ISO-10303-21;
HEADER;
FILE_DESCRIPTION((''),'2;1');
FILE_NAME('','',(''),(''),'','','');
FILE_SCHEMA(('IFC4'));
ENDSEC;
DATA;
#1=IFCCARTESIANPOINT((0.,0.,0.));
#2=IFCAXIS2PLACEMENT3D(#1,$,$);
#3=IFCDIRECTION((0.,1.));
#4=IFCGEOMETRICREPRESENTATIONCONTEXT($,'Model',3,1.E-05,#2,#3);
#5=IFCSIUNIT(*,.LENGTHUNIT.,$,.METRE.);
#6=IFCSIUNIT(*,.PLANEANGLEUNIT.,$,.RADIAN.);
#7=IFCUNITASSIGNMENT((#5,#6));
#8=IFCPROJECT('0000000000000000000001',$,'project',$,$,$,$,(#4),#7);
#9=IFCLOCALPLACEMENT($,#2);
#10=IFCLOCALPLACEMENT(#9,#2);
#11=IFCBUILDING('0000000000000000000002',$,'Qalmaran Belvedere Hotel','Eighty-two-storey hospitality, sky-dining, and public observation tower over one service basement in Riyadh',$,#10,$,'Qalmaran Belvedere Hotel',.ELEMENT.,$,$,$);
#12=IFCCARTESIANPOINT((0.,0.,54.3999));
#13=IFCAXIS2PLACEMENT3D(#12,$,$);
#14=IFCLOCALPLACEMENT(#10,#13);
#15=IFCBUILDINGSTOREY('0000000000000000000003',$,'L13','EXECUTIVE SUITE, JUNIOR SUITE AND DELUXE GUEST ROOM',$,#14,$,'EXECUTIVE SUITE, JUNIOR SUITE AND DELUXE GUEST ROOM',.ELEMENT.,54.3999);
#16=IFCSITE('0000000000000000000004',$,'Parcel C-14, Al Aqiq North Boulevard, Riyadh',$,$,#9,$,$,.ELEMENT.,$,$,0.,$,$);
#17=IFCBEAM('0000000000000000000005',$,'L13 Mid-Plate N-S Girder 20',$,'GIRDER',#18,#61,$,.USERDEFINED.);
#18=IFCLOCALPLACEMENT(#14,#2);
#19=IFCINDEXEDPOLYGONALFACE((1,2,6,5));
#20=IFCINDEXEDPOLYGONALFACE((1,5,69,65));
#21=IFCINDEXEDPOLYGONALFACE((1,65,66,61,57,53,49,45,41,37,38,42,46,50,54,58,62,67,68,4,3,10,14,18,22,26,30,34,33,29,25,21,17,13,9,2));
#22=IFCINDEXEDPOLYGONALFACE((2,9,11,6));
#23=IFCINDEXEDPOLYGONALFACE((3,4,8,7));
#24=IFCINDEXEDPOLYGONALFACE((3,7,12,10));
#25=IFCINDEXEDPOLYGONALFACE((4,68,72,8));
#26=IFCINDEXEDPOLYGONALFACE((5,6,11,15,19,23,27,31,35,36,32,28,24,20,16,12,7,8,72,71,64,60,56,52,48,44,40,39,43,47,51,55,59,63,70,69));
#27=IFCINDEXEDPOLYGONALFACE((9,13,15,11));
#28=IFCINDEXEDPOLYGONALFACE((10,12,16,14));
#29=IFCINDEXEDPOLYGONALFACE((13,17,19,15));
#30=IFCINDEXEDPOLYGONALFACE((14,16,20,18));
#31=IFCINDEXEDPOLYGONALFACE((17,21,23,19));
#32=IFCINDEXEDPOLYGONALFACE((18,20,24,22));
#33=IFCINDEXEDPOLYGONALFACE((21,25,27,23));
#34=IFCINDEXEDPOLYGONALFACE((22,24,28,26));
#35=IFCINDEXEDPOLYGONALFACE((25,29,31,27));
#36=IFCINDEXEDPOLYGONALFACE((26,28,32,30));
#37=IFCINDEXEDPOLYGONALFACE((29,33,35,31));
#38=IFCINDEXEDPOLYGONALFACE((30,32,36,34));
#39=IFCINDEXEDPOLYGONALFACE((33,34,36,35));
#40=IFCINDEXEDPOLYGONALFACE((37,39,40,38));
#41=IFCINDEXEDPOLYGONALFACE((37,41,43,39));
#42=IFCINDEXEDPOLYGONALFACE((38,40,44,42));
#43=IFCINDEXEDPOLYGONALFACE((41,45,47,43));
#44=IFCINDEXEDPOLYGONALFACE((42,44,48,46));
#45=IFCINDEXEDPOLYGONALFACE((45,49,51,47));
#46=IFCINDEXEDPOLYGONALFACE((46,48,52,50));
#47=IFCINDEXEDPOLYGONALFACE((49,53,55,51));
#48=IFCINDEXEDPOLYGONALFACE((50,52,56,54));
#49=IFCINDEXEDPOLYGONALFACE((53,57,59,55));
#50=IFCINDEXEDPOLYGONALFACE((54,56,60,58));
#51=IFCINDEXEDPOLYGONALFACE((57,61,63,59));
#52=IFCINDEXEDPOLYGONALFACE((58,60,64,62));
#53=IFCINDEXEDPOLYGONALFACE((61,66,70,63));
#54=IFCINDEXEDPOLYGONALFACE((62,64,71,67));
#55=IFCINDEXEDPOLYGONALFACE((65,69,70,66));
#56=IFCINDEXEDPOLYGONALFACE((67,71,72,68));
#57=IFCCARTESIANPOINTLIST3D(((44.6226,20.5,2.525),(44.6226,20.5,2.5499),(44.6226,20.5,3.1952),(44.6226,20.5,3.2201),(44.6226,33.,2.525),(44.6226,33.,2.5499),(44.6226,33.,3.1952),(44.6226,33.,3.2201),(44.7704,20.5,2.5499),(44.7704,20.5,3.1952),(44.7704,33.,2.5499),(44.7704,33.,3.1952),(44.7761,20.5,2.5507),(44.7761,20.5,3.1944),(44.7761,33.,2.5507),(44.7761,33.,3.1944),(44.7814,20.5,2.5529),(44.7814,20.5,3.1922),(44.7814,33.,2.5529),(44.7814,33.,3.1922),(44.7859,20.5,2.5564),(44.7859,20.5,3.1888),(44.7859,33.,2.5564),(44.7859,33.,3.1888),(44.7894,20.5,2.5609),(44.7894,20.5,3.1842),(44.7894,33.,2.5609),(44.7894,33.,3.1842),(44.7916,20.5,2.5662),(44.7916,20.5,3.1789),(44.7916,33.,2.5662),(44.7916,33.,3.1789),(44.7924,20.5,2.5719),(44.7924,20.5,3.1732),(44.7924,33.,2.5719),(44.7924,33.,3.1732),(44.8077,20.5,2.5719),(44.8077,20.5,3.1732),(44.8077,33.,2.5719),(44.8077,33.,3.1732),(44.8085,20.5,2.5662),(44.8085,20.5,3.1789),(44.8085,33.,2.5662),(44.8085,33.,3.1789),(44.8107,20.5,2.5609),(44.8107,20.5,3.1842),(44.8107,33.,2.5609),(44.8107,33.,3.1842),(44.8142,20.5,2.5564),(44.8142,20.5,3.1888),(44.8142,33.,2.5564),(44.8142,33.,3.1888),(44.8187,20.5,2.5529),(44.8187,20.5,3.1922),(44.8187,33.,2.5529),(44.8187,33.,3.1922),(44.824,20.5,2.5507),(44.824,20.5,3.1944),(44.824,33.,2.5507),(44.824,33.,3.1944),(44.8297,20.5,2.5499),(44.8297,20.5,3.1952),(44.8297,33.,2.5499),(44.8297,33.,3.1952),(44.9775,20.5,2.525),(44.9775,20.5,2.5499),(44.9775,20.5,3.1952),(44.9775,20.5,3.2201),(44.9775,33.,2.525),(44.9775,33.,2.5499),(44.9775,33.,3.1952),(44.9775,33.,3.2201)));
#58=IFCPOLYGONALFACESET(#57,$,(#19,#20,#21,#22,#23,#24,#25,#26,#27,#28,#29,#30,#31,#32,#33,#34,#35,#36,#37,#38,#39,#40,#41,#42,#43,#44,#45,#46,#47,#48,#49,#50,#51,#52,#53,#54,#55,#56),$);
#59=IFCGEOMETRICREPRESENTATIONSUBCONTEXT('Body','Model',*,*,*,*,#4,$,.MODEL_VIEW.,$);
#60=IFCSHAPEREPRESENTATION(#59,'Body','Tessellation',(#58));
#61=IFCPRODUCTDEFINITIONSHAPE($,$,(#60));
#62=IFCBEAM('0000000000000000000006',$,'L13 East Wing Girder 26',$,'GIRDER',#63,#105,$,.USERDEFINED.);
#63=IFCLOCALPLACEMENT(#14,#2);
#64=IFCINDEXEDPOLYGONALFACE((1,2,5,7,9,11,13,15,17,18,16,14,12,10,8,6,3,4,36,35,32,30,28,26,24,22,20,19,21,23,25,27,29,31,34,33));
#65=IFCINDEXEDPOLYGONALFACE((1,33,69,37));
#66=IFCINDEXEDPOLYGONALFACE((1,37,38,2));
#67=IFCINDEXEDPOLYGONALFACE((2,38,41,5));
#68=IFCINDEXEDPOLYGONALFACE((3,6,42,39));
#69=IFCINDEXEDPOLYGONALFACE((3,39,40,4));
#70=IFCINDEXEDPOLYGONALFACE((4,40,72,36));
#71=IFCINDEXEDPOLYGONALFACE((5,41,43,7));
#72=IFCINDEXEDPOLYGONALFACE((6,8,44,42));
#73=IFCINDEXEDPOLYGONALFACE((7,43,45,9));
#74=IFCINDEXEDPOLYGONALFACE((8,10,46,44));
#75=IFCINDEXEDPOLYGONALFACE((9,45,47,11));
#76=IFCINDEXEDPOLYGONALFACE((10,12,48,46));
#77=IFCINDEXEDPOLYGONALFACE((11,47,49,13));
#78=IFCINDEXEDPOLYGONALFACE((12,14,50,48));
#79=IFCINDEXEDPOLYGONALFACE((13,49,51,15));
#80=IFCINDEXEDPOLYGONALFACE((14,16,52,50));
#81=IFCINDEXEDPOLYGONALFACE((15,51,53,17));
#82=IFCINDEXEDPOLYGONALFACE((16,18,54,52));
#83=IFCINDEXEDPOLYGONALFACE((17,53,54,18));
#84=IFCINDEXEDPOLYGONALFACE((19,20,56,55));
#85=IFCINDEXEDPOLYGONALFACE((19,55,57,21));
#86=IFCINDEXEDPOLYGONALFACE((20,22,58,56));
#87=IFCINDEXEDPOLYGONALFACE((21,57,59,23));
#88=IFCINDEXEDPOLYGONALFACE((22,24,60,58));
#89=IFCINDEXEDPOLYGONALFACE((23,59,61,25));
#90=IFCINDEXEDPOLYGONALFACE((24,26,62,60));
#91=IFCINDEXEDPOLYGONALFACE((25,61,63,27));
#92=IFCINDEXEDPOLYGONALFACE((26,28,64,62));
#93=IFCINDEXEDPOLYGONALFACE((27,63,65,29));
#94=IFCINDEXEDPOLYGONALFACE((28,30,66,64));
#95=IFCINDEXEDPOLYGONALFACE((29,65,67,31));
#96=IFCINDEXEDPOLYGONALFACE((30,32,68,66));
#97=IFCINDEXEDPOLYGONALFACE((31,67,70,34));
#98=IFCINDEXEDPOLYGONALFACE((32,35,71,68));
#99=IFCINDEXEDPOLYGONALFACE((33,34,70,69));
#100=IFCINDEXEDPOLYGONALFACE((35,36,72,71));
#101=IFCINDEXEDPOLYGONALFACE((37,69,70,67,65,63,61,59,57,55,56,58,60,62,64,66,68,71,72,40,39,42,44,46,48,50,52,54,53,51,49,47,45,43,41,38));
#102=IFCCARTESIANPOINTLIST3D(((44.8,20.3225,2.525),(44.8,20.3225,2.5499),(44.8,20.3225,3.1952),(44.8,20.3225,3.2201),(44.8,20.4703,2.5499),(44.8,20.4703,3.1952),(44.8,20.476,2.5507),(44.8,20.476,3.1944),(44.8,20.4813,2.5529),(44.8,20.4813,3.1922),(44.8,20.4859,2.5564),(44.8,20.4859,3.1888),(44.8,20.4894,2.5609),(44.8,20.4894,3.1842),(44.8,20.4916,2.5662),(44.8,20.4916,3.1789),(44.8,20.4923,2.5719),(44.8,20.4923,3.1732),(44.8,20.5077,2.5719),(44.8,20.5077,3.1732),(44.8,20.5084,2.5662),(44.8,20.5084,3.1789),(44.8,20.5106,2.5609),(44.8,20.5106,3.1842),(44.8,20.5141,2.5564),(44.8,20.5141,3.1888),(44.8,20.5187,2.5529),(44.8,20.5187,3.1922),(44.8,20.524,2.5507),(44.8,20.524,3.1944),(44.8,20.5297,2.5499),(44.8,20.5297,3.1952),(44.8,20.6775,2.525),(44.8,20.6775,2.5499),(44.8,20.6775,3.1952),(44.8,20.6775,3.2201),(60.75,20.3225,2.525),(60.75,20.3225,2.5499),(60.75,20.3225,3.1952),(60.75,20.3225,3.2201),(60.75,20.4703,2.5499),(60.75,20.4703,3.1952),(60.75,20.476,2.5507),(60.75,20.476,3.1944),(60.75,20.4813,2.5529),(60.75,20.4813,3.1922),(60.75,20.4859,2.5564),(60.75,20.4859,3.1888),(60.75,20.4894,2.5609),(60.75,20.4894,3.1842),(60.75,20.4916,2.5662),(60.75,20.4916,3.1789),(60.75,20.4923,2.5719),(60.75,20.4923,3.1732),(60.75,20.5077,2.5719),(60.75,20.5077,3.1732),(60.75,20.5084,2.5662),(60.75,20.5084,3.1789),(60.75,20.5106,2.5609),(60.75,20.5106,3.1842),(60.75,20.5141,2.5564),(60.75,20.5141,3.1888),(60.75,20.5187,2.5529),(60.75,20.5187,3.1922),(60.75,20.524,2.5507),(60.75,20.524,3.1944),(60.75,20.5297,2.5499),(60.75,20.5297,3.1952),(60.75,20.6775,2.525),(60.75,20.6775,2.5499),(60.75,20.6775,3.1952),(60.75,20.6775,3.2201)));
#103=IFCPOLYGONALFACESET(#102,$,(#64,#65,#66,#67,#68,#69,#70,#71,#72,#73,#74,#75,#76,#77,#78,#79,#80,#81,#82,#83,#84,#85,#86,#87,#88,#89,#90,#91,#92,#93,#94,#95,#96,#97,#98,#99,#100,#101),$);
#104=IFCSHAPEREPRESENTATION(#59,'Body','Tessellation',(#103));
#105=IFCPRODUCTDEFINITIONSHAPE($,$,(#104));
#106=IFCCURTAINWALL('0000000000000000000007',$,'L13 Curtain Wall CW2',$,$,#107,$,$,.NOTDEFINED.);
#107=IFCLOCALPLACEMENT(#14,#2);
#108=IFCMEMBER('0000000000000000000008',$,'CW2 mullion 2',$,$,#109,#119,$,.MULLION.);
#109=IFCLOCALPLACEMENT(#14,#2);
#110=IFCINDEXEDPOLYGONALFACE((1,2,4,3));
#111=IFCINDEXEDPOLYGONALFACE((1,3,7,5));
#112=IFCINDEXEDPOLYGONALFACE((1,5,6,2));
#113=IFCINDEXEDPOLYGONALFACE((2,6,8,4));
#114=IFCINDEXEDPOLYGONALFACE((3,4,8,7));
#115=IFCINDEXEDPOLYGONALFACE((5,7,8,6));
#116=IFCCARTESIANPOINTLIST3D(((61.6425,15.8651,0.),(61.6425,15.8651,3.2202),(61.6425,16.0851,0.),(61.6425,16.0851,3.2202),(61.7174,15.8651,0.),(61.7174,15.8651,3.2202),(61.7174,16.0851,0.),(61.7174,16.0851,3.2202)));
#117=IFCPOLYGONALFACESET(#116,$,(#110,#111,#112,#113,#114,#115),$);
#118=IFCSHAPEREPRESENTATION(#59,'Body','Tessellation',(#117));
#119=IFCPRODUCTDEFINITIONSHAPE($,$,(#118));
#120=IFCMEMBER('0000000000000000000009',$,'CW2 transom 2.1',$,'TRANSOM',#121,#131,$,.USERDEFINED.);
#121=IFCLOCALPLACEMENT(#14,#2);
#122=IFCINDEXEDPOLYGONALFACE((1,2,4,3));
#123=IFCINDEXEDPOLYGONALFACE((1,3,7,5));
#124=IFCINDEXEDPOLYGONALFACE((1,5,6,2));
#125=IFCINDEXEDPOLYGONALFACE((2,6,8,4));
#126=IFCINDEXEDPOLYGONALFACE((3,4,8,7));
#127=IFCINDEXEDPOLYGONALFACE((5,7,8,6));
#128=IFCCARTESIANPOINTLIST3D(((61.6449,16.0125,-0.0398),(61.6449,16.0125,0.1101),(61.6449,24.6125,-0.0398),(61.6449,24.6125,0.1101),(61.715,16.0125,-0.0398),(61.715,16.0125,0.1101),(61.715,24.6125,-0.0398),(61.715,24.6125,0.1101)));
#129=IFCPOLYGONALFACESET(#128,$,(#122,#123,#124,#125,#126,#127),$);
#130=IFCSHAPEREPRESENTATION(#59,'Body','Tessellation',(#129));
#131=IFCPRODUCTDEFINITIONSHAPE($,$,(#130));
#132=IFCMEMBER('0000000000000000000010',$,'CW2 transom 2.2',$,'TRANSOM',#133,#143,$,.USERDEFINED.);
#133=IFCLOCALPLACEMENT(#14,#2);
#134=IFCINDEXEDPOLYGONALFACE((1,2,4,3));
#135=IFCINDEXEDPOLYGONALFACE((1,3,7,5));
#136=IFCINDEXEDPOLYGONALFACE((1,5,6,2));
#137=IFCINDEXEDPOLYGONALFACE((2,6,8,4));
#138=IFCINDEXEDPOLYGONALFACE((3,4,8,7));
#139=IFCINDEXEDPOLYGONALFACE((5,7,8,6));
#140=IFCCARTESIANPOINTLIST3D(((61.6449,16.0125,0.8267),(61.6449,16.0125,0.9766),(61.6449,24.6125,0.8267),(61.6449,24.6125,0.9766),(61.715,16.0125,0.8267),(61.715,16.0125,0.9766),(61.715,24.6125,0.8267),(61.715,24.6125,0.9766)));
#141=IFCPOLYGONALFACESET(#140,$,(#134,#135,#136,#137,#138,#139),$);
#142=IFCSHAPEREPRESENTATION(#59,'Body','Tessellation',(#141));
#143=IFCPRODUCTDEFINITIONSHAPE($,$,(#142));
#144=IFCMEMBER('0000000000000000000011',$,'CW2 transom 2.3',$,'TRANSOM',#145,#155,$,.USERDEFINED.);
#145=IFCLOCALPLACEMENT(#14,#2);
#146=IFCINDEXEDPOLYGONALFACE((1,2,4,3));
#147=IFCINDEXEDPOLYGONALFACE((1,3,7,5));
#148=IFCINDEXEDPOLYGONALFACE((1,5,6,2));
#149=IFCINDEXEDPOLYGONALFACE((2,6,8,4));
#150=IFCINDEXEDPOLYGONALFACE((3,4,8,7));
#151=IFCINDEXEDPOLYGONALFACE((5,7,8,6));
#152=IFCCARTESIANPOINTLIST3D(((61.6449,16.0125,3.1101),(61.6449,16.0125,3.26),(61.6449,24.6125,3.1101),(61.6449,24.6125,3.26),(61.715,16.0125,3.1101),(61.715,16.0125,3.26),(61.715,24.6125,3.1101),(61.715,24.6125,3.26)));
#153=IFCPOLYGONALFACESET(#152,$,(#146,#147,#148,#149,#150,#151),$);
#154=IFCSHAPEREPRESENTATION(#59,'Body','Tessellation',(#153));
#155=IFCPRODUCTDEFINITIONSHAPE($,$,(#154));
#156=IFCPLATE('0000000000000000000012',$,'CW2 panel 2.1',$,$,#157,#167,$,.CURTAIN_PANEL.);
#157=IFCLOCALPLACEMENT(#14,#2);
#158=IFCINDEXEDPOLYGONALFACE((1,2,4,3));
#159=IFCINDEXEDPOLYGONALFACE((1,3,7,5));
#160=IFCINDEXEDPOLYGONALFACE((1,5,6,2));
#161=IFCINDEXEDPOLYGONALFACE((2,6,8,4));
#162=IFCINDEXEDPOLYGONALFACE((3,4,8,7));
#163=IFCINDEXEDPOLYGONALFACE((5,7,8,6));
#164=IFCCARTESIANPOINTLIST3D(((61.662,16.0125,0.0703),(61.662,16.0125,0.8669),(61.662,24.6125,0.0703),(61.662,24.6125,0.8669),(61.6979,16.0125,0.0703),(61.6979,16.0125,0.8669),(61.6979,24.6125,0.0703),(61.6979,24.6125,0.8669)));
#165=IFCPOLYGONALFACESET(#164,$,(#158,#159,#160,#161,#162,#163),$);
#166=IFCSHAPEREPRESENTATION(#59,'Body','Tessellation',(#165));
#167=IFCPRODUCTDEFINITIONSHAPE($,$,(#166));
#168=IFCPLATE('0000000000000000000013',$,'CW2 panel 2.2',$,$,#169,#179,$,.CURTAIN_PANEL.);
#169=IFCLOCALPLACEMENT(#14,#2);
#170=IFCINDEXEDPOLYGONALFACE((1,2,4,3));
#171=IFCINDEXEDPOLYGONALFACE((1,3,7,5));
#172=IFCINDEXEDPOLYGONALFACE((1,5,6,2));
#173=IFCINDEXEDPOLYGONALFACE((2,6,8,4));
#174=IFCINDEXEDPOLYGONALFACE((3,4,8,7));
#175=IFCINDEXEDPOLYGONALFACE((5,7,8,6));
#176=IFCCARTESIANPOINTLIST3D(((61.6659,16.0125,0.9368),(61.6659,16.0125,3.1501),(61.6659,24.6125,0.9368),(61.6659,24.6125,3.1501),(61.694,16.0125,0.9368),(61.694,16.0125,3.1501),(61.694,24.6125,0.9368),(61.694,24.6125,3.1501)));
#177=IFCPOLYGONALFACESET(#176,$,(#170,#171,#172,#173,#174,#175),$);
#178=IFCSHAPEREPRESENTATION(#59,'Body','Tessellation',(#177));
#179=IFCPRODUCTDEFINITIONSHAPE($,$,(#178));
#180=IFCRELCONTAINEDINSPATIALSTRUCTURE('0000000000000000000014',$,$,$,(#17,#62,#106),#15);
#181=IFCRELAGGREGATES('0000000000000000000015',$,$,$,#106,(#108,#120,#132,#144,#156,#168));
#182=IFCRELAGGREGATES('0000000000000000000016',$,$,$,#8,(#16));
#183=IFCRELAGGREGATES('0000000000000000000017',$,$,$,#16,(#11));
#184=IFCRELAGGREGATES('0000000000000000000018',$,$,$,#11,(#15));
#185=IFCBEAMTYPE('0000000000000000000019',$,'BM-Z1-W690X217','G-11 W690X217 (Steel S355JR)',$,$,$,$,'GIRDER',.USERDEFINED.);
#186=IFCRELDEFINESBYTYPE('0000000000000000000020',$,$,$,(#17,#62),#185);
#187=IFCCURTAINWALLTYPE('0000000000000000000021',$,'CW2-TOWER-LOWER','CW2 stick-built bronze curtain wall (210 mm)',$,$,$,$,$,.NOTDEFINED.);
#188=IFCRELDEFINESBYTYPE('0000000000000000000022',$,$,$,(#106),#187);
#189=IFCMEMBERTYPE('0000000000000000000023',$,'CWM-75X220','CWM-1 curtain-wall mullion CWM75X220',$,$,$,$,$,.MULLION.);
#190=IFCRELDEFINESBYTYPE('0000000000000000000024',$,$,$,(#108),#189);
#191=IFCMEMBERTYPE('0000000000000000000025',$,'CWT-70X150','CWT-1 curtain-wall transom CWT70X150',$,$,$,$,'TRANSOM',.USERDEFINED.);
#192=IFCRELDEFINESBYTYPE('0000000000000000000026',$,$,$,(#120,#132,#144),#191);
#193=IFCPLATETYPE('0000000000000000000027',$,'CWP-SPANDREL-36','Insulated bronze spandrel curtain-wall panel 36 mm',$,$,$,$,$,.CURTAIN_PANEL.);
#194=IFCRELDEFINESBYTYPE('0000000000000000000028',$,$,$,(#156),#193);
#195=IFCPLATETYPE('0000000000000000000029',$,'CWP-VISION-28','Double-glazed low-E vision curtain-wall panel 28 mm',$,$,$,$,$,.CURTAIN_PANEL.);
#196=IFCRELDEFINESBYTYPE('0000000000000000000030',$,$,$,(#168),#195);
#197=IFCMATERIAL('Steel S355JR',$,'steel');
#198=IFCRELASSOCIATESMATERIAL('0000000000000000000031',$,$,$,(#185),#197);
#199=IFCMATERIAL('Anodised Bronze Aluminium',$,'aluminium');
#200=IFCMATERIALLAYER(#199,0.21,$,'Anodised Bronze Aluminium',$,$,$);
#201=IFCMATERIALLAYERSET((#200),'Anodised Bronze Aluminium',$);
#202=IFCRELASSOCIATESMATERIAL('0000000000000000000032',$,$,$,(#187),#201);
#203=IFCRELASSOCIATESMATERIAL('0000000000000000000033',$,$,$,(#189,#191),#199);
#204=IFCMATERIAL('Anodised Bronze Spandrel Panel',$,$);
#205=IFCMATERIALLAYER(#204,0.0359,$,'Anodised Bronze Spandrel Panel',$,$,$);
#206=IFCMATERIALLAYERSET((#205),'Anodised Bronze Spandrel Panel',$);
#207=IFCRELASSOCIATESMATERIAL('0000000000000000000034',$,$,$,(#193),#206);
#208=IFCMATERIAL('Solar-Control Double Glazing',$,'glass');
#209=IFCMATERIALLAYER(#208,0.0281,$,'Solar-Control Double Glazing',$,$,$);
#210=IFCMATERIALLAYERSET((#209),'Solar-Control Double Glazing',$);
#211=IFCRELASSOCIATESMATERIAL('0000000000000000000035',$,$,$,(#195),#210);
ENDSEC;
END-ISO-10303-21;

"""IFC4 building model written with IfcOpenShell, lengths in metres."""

from ifc_helpers import new_model, si_unit, direction, frame, origin, origin_2d, place, context, subcontext, project, spatial, rectangle, i_section, extrude, material, layer, layer_set, material_profile, profile_set, type_object, element, aggregate, save


model = new_model("IFC4")

# Units and contexts
model_context = context("Model", 3, precision=1e-05, world=origin(), true_north=direction((0.0, 1.0)))
body_context = subcontext(model_context, "Body", "Model", "MODEL_VIEW")
ifc_project = project(units=[si_unit("LENGTHUNIT", "METRE"), si_unit("PLANEANGLEUNIT", "RADIAN")], contexts=[model_context])

# Site, building, storey
site_placement = place(None, origin())
site = spatial("IfcSite", under=ifc_project, at=site_placement, Name="Parcel C-14, Al Aqiq North Boulevard, Riyadh", CompositionType="ELEMENT", RefElevation=0.0)
building_placement = place(site_placement, origin())
building = spatial("IfcBuilding", under=site, at=building_placement, Name="Qalmaran Belvedere Hotel", Description="Eighty-two-storey hospitality, sky-dining, and public observation tower over one service basement in Riyadh", LongName="Qalmaran Belvedere Hotel", CompositionType="ELEMENT")
storey_placement = place(building_placement, frame((0.0, 0.0, 54.3999)))
storey = spatial("IfcBuildingStorey", under=building, at=storey_placement, Name="L13", Description="EXECUTIVE SUITE, JUNIOR SUITE AND DELUXE GUEST ROOM", LongName="EXECUTIVE SUITE, JUNIOR SUITE AND DELUXE GUEST ROOM", CompositionType="ELEMENT", Elevation=54.3999)

# Beams
ifc_material_1 = material(Name="Steel S355JR", Category="steel")
ifc_material_profile_1 = material_profile(ifc_material_1, i_section(OverallWidth=0.355, OverallDepth=0.6951, WebThickness=0.0154, FlangeThickness=0.0249, FilletRadius=0.022, at=origin_2d()), Name="W690X217")
ifc_profile_set_1 = profile_set([ifc_material_profile_1], Name="Steel S355JR")
beam_type_1 = type_object("IfcBeamType", Name="BM-Z1-W690X217", Description="G-11 W690X217 (Steel S355JR)", ElementType="GIRDER", PredefinedType="USERDEFINED", material=ifc_profile_set_1)
beam_1_placement = place(storey_placement, frame((44.8, 20.5, 2.8726), z_axis=(0.0, 1.0, 0.0), x_axis=(-1.0, 0.0, 0.0)))
element("IfcBeam", 1, at=beam_1_placement, inside=storey, type_object=beam_type_1, Name="L13 Mid-Plate N-S Girder 20", ObjectType="GIRDER", PredefinedType="USERDEFINED", context=body_context, shape_type="SweptSolid", body=[
    extrude(i_section(OverallWidth=0.355, OverallDepth=0.6951, WebThickness=0.0154, FlangeThickness=0.0249, FilletRadius=0.022, at=origin_2d()), origin(), (0.0, 0.0, 1.0), 12.5),
])
beam_2_placement = place(storey_placement, frame((44.8, 20.5, 2.8726), z_axis=(1.0, 0.0, 0.0), x_axis=(0.0, 1.0, 0.0)))
element("IfcBeam", 2, at=beam_2_placement, inside=storey, type_object=beam_type_1, Name="L13 East Wing Girder 26", ObjectType="GIRDER", PredefinedType="USERDEFINED", context=body_context, shape_type="SweptSolid", body=[
    extrude(i_section(OverallWidth=0.355, OverallDepth=0.6951, WebThickness=0.0154, FlangeThickness=0.0249, FilletRadius=0.022, at=origin_2d()), origin(), (0.0, 0.0, 1.0), 15.95),
])

# Curtain wall, members, plates
ifc_material_2 = material(Name="Anodised Bronze Aluminium", Category="aluminium")
ifc_layer_1 = layer(ifc_material_2, 0.21, Name="Anodised Bronze Aluminium")
ifc_layer_set_1 = layer_set([ifc_layer_1], Name="Anodised Bronze Aluminium")
curtain_wall_type = type_object("IfcCurtainWallType", Name="CW2-TOWER-LOWER", Description="CW2 stick-built bronze curtain wall (210 mm)", PredefinedType="NOTDEFINED", material=ifc_layer_set_1)
curtain_wall_placement = place(storey_placement, origin())
curtain_wall = element("IfcCurtainWall", 3, at=curtain_wall_placement, inside=storey, type_object=curtain_wall_type, Name="L13 Curtain Wall CW2", PredefinedType="NOTDEFINED")
ifc_material_profile_2 = material_profile(ifc_material_2, rectangle(XDim=0.075, YDim=0.22, at=origin_2d()), Name="CWM75X220")
ifc_profile_set_2 = profile_set([ifc_material_profile_2], Name="Anodised Bronze Aluminium")
member_type_1 = type_object("IfcMemberType", Name="CWM-75X220", Description="CWM-1 curtain-wall mullion CWM75X220", PredefinedType="MULLION", material=ifc_profile_set_2)
member_1_placement = place(storey_placement, frame((61.6799, 15.9751, 0.0), z_axis=(0.0, 0.0, 1.0), x_axis=(-1.0, 0.0, 0.0)))
member_1 = element("IfcMember", 4, at=member_1_placement, type_object=member_type_1, Name="CW2 mullion 2", PredefinedType="MULLION", context=body_context, shape_type="SweptSolid", body=[
    extrude(rectangle(XDim=0.075, YDim=0.22, at=origin_2d()), origin(), (0.0, 0.0, 1.0), 3.2202),
])
ifc_material_profile_3 = material_profile(ifc_material_2, rectangle(XDim=0.0701, YDim=0.1499, at=origin_2d()), Name="CWT70X150")
ifc_profile_set_3 = profile_set([ifc_material_profile_3], Name="Anodised Bronze Aluminium")
member_type_2 = type_object("IfcMemberType", Name="CWT-70X150", Description="CWT-1 curtain-wall transom CWT70X150", ElementType="TRANSOM", PredefinedType="USERDEFINED", material=ifc_profile_set_3)
member_2_placement = place(storey_placement, frame((61.6799, 16.0125, 0.0352), z_axis=(0.0, 1.0, 0.0), x_axis=(-1.0, 0.0, 0.0)))
member_2 = element("IfcMember", 5, at=member_2_placement, type_object=member_type_2, Name="CW2 transom 2.1", ObjectType="TRANSOM", PredefinedType="USERDEFINED", context=body_context, shape_type="SweptSolid", body=[
    extrude(rectangle(XDim=0.0701, YDim=0.1499, at=origin_2d()), origin(), (0.0, 0.0, 1.0), 8.6001),
])
member_3_placement = place(storey_placement, frame((61.6799, 16.0125, 0.9016), z_axis=(0.0, 1.0, 0.0), x_axis=(-1.0, 0.0, 0.0)))
member_3 = element("IfcMember", 6, at=member_3_placement, type_object=member_type_2, Name="CW2 transom 2.2", ObjectType="TRANSOM", PredefinedType="USERDEFINED", context=body_context, shape_type="SweptSolid", body=[
    extrude(rectangle(XDim=0.0701, YDim=0.1499, at=origin_2d()), origin(), (0.0, 0.0, 1.0), 8.6001),
])
member_4_placement = place(storey_placement, frame((61.6799, 16.0125, 3.1851), z_axis=(0.0, 1.0, 0.0), x_axis=(-1.0, 0.0, 0.0)))
member_4 = element("IfcMember", 7, at=member_4_placement, type_object=member_type_2, Name="CW2 transom 2.3", ObjectType="TRANSOM", PredefinedType="USERDEFINED", context=body_context, shape_type="SweptSolid", body=[
    extrude(rectangle(XDim=0.0701, YDim=0.1499, at=origin_2d()), origin(), (0.0, 0.0, 1.0), 8.6001),
])
ifc_material_3 = material(Name="Anodised Bronze Spandrel Panel")
ifc_layer_2 = layer(ifc_material_3, 0.0359, Name="Anodised Bronze Spandrel Panel")
ifc_layer_set_2 = layer_set([ifc_layer_2], Name="Anodised Bronze Spandrel Panel")
plate_type_1 = type_object("IfcPlateType", Name="CWP-SPANDREL-36", Description="Insulated bronze spandrel curtain-wall panel 36 mm", PredefinedType="CURTAIN_PANEL", material=ifc_layer_set_2)
plate_1_placement = place(storey_placement, frame((61.6799, 20.3125, 0.0703), z_axis=(0.0, 0.0, 1.0), x_axis=(0.0, 1.0, 0.0)))
plate_1 = element("IfcPlate", 8, at=plate_1_placement, type_object=plate_type_1, Name="CW2 panel 2.1", PredefinedType="CURTAIN_PANEL", context=body_context, shape_type="SweptSolid", body=[
    extrude(rectangle(XDim=8.6001, YDim=0.0359, at=origin_2d()), origin(), (0.0, 0.0, 1.0), 0.7966),
])
ifc_material_4 = material(Name="Solar-Control Double Glazing", Category="glass")
ifc_layer_3 = layer(ifc_material_4, 0.0281, Name="Solar-Control Double Glazing")
ifc_layer_set_3 = layer_set([ifc_layer_3], Name="Solar-Control Double Glazing")
plate_type_2 = type_object("IfcPlateType", Name="CWP-VISION-28", Description="Double-glazed low-E vision curtain-wall panel 28 mm", PredefinedType="CURTAIN_PANEL", material=ifc_layer_set_3)
plate_2_placement = place(storey_placement, frame((61.6799, 20.3125, 0.9368), z_axis=(0.0, 0.0, 1.0), x_axis=(0.0, 1.0, 0.0)))
plate_2 = element("IfcPlate", 9, at=plate_2_placement, type_object=plate_type_2, Name="CW2 panel 2.2", PredefinedType="CURTAIN_PANEL", context=body_context, shape_type="SweptSolid", body=[
    extrude(rectangle(XDim=8.6001, YDim=0.0281, at=origin_2d()), origin(), (0.0, 0.0, 1.0), 2.2134),
])
aggregate(curtain_wall, [member_1, member_2, member_3, member_4, plate_1, plate_2])

save(model, "model.ifc")
